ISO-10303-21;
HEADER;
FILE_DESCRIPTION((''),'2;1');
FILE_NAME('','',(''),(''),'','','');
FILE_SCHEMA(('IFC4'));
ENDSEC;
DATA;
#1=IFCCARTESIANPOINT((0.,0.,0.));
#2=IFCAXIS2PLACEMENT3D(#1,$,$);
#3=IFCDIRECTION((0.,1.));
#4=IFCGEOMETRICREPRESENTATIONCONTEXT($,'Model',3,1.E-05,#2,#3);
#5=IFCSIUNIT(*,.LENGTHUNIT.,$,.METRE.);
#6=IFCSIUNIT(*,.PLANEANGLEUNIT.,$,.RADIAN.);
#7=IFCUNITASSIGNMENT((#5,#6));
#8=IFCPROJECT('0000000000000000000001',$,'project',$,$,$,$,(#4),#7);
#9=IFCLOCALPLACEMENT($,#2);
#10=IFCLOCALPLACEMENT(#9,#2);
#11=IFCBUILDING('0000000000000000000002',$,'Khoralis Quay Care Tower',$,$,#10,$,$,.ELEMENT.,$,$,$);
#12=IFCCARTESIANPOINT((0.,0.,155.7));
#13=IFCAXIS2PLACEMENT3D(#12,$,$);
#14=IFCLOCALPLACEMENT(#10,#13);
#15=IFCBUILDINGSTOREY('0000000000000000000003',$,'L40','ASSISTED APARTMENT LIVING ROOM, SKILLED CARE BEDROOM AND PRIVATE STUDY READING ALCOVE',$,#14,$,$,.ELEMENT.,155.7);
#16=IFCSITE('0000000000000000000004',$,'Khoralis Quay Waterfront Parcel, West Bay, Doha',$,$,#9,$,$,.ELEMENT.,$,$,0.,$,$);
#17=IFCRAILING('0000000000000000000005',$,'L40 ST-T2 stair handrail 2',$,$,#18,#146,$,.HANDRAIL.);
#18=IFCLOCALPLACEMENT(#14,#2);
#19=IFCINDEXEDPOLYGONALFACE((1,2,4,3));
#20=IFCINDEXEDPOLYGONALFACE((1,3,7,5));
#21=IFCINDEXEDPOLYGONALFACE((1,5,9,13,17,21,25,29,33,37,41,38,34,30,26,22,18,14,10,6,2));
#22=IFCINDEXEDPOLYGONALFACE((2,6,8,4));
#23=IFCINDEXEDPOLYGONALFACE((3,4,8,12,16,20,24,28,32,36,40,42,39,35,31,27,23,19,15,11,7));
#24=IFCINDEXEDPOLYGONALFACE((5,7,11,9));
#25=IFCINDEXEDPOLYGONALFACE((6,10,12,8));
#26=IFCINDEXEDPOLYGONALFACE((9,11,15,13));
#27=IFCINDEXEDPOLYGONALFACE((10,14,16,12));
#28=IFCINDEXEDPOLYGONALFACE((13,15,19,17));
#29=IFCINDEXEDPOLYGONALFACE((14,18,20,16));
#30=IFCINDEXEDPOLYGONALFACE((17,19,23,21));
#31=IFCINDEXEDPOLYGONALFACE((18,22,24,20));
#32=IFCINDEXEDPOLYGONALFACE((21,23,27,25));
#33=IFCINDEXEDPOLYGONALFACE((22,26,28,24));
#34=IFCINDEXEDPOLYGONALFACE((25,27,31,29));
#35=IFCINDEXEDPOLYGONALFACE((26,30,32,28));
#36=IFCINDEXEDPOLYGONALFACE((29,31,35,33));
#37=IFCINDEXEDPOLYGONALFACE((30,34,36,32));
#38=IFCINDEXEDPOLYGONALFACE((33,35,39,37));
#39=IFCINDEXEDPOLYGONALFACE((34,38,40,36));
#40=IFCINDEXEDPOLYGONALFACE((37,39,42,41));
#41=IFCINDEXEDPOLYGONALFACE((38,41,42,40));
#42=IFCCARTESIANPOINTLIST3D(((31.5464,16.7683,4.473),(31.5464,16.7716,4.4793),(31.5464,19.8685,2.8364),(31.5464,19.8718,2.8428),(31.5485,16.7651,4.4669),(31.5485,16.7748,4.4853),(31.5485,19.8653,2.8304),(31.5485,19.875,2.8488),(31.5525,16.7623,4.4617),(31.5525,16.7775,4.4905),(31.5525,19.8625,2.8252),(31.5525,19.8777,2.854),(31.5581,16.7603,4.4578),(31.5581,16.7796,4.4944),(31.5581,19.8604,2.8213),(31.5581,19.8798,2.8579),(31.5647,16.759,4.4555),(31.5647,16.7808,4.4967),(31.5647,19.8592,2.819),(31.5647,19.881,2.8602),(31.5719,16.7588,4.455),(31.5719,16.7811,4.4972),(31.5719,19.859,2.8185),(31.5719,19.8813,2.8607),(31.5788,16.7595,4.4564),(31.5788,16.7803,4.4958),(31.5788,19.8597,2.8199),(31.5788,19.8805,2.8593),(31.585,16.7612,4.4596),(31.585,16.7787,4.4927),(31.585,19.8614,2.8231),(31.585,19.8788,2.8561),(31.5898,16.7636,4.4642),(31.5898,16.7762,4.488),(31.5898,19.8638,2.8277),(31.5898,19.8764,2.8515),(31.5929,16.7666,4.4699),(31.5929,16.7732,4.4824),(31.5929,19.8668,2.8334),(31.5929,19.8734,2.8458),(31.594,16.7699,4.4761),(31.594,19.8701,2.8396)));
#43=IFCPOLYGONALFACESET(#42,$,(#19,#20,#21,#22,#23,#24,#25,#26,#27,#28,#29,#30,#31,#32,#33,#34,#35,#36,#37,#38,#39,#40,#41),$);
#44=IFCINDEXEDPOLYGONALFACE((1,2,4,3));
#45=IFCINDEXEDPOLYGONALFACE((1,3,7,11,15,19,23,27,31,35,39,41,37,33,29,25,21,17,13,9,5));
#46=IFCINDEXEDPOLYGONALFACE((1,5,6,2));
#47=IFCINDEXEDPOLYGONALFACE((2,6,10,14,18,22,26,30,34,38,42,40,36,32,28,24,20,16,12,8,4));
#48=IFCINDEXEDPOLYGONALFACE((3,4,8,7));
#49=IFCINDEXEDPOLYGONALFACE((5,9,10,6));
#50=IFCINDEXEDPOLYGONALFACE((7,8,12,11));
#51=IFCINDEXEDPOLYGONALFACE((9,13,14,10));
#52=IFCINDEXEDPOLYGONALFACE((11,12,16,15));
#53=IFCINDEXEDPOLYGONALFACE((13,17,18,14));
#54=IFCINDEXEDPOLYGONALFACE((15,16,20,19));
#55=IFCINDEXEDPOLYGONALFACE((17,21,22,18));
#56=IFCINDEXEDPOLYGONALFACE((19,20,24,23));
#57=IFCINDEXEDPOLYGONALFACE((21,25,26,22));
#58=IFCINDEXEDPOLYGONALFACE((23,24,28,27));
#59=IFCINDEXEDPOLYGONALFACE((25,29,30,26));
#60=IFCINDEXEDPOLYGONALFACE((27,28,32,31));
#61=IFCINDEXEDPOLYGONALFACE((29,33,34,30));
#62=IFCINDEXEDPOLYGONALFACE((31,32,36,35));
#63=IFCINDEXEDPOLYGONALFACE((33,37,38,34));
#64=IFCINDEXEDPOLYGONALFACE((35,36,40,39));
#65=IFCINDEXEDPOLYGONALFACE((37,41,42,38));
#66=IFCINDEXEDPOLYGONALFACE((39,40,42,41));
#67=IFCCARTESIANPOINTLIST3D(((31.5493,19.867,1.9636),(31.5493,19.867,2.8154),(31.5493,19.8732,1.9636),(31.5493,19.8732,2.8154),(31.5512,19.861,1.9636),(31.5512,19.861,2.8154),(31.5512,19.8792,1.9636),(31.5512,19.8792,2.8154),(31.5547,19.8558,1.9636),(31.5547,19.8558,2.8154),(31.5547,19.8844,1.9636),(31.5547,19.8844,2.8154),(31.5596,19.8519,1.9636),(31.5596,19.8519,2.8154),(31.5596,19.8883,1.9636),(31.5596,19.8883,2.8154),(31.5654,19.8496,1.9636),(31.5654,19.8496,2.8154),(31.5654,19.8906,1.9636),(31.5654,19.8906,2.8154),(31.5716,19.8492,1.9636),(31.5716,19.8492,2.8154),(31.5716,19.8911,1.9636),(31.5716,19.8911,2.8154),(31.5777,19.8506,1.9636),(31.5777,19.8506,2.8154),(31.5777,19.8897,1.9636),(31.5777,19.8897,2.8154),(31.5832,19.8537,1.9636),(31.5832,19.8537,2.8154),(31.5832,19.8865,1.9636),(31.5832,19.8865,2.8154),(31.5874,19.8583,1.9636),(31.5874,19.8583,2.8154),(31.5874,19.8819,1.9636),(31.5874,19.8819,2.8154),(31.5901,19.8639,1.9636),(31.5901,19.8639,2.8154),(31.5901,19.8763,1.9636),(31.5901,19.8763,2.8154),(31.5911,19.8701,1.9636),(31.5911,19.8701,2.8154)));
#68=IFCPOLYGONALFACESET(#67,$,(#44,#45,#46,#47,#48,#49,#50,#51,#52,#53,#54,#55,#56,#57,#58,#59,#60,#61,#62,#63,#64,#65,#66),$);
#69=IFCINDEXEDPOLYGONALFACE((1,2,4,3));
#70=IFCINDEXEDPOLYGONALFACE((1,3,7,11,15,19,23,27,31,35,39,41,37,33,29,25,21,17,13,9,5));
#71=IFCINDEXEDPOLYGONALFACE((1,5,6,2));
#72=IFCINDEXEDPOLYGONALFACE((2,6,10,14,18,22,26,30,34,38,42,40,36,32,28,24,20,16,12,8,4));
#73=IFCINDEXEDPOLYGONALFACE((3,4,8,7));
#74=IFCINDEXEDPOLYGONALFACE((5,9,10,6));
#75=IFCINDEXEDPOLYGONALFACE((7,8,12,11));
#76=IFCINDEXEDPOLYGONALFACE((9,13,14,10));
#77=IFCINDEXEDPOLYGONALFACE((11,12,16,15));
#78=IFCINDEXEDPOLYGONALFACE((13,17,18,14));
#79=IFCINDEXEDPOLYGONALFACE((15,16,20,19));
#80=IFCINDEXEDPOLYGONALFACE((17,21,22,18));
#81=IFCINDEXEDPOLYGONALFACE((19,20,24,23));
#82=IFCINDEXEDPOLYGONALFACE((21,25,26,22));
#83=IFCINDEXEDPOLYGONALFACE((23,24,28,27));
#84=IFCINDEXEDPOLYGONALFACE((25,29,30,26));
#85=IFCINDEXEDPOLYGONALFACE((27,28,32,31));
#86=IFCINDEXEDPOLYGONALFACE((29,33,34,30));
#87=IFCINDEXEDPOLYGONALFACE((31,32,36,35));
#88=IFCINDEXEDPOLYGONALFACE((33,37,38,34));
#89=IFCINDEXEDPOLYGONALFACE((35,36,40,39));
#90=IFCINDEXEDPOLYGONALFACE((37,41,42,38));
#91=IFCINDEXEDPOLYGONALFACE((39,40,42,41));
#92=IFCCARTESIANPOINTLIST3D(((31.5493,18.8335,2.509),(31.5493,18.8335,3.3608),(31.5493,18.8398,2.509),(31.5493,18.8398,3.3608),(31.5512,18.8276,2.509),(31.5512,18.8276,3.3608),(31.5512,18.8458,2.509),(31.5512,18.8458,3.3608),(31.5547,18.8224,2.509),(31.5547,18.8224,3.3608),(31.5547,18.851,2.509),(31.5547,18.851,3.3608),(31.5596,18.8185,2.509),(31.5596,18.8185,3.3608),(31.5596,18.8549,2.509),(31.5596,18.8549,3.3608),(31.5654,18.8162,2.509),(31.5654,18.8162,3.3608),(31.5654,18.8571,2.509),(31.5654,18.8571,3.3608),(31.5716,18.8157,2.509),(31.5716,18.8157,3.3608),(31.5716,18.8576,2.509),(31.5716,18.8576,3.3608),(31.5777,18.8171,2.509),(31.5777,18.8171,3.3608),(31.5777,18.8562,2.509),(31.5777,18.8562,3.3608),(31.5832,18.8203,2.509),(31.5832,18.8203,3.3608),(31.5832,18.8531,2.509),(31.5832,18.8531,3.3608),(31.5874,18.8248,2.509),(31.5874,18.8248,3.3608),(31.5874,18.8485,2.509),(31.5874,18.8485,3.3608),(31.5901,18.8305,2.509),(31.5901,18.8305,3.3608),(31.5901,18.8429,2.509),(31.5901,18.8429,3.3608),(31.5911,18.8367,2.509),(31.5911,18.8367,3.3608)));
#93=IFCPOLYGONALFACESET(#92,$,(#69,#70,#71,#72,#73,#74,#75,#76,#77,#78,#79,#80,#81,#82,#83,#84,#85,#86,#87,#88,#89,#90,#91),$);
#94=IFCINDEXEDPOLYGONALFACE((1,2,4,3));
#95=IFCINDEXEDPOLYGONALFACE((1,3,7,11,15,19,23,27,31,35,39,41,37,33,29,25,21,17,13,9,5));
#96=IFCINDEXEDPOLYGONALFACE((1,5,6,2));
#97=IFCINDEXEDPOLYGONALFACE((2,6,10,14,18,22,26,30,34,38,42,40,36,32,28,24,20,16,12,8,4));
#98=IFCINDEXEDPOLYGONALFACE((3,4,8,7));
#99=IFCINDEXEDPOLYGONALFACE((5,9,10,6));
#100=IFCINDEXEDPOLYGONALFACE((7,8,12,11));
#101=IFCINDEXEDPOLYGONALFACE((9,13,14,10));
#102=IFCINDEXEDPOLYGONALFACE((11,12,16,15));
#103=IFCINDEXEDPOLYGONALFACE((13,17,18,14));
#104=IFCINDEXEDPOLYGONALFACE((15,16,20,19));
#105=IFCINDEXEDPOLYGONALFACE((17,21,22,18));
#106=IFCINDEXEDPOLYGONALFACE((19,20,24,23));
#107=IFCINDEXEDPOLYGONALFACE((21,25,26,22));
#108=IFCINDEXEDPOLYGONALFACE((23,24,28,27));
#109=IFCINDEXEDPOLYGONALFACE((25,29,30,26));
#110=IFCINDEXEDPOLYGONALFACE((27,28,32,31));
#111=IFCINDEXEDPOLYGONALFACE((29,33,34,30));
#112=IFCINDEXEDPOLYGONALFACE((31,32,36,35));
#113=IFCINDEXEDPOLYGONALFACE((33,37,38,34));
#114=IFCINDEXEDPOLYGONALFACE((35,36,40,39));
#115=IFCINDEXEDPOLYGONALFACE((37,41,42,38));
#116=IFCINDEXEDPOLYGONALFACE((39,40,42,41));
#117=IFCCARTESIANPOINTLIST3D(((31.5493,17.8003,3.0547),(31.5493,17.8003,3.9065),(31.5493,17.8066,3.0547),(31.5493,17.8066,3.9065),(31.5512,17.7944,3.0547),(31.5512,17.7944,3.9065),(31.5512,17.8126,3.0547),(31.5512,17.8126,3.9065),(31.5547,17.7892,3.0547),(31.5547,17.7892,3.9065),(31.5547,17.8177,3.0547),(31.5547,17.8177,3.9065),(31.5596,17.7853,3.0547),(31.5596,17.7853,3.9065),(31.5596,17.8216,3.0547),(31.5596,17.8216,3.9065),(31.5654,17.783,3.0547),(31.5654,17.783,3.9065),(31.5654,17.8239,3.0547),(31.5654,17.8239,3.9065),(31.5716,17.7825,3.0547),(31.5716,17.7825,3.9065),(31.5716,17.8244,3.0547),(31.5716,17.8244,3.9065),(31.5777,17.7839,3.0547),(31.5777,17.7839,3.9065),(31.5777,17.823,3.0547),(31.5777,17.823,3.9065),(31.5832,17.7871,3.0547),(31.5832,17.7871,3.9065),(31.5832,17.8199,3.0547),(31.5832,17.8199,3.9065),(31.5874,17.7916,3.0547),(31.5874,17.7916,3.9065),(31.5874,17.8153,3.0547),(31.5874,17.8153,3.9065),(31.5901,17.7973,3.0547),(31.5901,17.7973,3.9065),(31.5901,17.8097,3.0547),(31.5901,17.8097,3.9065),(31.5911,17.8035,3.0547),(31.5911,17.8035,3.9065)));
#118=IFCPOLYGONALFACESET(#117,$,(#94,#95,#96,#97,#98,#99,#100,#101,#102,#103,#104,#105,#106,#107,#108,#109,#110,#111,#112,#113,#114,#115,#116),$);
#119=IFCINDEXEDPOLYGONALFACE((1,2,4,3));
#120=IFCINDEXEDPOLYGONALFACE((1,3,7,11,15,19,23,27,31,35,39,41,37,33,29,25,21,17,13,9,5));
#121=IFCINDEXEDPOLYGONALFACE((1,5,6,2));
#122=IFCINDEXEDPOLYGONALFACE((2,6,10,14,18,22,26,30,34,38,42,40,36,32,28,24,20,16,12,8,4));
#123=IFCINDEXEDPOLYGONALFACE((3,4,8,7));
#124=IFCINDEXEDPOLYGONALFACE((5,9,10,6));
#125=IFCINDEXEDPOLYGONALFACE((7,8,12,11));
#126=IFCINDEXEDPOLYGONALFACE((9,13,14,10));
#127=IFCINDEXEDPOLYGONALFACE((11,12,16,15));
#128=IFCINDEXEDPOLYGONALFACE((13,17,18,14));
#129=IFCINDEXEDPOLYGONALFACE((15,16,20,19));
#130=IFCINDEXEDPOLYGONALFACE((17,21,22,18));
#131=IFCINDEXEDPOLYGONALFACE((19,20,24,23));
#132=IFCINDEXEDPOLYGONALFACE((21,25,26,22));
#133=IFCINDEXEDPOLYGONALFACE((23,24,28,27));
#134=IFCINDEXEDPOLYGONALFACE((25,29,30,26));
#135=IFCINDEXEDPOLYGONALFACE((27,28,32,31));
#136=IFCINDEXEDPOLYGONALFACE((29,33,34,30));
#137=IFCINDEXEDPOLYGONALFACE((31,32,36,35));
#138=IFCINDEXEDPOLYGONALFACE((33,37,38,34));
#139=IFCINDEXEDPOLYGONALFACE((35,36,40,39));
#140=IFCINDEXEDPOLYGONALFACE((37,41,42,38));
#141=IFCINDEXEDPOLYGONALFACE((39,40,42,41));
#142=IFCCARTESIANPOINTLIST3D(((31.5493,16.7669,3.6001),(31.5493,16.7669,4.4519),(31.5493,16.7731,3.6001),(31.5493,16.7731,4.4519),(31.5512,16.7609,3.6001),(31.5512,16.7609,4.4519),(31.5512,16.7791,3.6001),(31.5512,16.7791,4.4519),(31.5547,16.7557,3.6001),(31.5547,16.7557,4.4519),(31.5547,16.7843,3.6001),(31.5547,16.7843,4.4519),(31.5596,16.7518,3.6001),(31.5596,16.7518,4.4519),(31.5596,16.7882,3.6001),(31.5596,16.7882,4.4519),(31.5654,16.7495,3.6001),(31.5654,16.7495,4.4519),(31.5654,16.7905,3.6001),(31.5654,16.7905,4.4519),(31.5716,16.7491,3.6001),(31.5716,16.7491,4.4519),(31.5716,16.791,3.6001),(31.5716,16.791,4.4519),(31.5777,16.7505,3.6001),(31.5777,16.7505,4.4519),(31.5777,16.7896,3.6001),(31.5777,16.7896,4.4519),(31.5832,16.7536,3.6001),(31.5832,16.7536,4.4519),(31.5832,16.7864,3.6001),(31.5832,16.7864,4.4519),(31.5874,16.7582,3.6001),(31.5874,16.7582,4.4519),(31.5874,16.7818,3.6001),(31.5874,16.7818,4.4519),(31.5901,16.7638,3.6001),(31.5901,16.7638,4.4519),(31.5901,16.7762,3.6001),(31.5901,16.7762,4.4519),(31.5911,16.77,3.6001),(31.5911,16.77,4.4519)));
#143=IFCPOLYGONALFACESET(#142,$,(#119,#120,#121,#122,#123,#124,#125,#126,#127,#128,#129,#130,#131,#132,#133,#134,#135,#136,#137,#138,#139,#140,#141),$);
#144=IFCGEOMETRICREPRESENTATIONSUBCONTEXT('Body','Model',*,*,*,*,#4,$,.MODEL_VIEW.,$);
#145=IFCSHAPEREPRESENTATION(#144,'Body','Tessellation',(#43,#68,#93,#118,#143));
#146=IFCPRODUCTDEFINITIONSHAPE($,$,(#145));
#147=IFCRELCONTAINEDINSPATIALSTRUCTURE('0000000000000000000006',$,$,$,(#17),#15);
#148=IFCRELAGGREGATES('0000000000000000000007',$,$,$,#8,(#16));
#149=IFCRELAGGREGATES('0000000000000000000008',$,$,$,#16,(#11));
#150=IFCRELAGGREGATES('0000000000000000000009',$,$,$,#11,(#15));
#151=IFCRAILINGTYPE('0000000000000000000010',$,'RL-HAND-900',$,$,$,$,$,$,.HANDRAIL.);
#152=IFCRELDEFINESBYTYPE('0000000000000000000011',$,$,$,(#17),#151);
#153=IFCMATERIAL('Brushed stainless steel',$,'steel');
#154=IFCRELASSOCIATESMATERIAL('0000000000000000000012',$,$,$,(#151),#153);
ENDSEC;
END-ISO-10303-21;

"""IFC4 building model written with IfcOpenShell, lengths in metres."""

from ifc_helpers import new_model, si_unit, direction, frame, origin, origin_2d, place, context, subcontext, project, spatial, circle, extrude, material, type_object, element, save


model = new_model("IFC4")

# Units and contexts
model_context = context("Model", 3, precision=1e-05, world=origin(), true_north=direction((0.0, 1.0)))
body_context = subcontext(model_context, "Body", "Model", "MODEL_VIEW")
ifc_project = project(units=[si_unit("LENGTHUNIT", "METRE"), si_unit("PLANEANGLEUNIT", "RADIAN")], contexts=[model_context])

# Site, building, storey
site_placement = place(None, origin())
site = spatial("IfcSite", under=ifc_project, at=site_placement, Name="Khoralis Quay Waterfront Parcel, West Bay, Doha", CompositionType="ELEMENT", RefElevation=0.0)
building_placement = place(site_placement, origin())
building = spatial("IfcBuilding", under=site, at=building_placement, Name="Khoralis Quay Care Tower", CompositionType="ELEMENT")
storey_placement = place(building_placement, frame((0.0, 0.0, 155.7)))
storey = spatial("IfcBuildingStorey", under=building, at=storey_placement, Name="L40", Description="ASSISTED APARTMENT LIVING ROOM, SKILLED CARE BEDROOM AND PRIVATE STUDY READING ALCOVE", CompositionType="ELEMENT", Elevation=155.7)

# Shared definitions
ifc_material_1 = material(Name="Brushed stainless steel", Category="steel")

# Railing
railing_type_1 = type_object("IfcRailingType", Name="RL-HAND-900", PredefinedType="HANDRAIL", material=ifc_material_1)
railing_1_placement = place(storey_placement, frame((31.5701, 19.8701, 1.9636)))
element("IfcRailing", 1, at=railing_1_placement, inside=storey, type_object=railing_type_1, Name="L40 ST-T2 stair handrail 2", PredefinedType="HANDRAIL", context=body_context, shape_type="SweptSolid", body=[
    extrude(circle(Radius=0.0239, at=origin_2d()), frame((0.0, 0.0, 0.876), z_axis=(0.0, -0.884348, 0.466828), x_axis=(1.0, 0.0, 0.0)), (0.0, 0.0, 1.0), 3.5056),
    extrude(circle(Radius=0.021, at=origin_2d()), origin(), (0.0, 0.0, 1.0), 0.8518),
    extrude(circle(Radius=0.021, at=origin_2d()), frame((0.0, -1.0334, 0.5454)), (0.0, 0.0, 1.0), 0.8518),
    extrude(circle(Radius=0.021, at=origin_2d()), frame((0.0, -2.0667, 1.0911)), (0.0, 0.0, 1.0), 0.8518),
    extrude(circle(Radius=0.021, at=origin_2d()), frame((0.0, -3.1001, 1.6365)), (0.0, 0.0, 1.0), 0.8518),
])

save(model, "model.ifc")
